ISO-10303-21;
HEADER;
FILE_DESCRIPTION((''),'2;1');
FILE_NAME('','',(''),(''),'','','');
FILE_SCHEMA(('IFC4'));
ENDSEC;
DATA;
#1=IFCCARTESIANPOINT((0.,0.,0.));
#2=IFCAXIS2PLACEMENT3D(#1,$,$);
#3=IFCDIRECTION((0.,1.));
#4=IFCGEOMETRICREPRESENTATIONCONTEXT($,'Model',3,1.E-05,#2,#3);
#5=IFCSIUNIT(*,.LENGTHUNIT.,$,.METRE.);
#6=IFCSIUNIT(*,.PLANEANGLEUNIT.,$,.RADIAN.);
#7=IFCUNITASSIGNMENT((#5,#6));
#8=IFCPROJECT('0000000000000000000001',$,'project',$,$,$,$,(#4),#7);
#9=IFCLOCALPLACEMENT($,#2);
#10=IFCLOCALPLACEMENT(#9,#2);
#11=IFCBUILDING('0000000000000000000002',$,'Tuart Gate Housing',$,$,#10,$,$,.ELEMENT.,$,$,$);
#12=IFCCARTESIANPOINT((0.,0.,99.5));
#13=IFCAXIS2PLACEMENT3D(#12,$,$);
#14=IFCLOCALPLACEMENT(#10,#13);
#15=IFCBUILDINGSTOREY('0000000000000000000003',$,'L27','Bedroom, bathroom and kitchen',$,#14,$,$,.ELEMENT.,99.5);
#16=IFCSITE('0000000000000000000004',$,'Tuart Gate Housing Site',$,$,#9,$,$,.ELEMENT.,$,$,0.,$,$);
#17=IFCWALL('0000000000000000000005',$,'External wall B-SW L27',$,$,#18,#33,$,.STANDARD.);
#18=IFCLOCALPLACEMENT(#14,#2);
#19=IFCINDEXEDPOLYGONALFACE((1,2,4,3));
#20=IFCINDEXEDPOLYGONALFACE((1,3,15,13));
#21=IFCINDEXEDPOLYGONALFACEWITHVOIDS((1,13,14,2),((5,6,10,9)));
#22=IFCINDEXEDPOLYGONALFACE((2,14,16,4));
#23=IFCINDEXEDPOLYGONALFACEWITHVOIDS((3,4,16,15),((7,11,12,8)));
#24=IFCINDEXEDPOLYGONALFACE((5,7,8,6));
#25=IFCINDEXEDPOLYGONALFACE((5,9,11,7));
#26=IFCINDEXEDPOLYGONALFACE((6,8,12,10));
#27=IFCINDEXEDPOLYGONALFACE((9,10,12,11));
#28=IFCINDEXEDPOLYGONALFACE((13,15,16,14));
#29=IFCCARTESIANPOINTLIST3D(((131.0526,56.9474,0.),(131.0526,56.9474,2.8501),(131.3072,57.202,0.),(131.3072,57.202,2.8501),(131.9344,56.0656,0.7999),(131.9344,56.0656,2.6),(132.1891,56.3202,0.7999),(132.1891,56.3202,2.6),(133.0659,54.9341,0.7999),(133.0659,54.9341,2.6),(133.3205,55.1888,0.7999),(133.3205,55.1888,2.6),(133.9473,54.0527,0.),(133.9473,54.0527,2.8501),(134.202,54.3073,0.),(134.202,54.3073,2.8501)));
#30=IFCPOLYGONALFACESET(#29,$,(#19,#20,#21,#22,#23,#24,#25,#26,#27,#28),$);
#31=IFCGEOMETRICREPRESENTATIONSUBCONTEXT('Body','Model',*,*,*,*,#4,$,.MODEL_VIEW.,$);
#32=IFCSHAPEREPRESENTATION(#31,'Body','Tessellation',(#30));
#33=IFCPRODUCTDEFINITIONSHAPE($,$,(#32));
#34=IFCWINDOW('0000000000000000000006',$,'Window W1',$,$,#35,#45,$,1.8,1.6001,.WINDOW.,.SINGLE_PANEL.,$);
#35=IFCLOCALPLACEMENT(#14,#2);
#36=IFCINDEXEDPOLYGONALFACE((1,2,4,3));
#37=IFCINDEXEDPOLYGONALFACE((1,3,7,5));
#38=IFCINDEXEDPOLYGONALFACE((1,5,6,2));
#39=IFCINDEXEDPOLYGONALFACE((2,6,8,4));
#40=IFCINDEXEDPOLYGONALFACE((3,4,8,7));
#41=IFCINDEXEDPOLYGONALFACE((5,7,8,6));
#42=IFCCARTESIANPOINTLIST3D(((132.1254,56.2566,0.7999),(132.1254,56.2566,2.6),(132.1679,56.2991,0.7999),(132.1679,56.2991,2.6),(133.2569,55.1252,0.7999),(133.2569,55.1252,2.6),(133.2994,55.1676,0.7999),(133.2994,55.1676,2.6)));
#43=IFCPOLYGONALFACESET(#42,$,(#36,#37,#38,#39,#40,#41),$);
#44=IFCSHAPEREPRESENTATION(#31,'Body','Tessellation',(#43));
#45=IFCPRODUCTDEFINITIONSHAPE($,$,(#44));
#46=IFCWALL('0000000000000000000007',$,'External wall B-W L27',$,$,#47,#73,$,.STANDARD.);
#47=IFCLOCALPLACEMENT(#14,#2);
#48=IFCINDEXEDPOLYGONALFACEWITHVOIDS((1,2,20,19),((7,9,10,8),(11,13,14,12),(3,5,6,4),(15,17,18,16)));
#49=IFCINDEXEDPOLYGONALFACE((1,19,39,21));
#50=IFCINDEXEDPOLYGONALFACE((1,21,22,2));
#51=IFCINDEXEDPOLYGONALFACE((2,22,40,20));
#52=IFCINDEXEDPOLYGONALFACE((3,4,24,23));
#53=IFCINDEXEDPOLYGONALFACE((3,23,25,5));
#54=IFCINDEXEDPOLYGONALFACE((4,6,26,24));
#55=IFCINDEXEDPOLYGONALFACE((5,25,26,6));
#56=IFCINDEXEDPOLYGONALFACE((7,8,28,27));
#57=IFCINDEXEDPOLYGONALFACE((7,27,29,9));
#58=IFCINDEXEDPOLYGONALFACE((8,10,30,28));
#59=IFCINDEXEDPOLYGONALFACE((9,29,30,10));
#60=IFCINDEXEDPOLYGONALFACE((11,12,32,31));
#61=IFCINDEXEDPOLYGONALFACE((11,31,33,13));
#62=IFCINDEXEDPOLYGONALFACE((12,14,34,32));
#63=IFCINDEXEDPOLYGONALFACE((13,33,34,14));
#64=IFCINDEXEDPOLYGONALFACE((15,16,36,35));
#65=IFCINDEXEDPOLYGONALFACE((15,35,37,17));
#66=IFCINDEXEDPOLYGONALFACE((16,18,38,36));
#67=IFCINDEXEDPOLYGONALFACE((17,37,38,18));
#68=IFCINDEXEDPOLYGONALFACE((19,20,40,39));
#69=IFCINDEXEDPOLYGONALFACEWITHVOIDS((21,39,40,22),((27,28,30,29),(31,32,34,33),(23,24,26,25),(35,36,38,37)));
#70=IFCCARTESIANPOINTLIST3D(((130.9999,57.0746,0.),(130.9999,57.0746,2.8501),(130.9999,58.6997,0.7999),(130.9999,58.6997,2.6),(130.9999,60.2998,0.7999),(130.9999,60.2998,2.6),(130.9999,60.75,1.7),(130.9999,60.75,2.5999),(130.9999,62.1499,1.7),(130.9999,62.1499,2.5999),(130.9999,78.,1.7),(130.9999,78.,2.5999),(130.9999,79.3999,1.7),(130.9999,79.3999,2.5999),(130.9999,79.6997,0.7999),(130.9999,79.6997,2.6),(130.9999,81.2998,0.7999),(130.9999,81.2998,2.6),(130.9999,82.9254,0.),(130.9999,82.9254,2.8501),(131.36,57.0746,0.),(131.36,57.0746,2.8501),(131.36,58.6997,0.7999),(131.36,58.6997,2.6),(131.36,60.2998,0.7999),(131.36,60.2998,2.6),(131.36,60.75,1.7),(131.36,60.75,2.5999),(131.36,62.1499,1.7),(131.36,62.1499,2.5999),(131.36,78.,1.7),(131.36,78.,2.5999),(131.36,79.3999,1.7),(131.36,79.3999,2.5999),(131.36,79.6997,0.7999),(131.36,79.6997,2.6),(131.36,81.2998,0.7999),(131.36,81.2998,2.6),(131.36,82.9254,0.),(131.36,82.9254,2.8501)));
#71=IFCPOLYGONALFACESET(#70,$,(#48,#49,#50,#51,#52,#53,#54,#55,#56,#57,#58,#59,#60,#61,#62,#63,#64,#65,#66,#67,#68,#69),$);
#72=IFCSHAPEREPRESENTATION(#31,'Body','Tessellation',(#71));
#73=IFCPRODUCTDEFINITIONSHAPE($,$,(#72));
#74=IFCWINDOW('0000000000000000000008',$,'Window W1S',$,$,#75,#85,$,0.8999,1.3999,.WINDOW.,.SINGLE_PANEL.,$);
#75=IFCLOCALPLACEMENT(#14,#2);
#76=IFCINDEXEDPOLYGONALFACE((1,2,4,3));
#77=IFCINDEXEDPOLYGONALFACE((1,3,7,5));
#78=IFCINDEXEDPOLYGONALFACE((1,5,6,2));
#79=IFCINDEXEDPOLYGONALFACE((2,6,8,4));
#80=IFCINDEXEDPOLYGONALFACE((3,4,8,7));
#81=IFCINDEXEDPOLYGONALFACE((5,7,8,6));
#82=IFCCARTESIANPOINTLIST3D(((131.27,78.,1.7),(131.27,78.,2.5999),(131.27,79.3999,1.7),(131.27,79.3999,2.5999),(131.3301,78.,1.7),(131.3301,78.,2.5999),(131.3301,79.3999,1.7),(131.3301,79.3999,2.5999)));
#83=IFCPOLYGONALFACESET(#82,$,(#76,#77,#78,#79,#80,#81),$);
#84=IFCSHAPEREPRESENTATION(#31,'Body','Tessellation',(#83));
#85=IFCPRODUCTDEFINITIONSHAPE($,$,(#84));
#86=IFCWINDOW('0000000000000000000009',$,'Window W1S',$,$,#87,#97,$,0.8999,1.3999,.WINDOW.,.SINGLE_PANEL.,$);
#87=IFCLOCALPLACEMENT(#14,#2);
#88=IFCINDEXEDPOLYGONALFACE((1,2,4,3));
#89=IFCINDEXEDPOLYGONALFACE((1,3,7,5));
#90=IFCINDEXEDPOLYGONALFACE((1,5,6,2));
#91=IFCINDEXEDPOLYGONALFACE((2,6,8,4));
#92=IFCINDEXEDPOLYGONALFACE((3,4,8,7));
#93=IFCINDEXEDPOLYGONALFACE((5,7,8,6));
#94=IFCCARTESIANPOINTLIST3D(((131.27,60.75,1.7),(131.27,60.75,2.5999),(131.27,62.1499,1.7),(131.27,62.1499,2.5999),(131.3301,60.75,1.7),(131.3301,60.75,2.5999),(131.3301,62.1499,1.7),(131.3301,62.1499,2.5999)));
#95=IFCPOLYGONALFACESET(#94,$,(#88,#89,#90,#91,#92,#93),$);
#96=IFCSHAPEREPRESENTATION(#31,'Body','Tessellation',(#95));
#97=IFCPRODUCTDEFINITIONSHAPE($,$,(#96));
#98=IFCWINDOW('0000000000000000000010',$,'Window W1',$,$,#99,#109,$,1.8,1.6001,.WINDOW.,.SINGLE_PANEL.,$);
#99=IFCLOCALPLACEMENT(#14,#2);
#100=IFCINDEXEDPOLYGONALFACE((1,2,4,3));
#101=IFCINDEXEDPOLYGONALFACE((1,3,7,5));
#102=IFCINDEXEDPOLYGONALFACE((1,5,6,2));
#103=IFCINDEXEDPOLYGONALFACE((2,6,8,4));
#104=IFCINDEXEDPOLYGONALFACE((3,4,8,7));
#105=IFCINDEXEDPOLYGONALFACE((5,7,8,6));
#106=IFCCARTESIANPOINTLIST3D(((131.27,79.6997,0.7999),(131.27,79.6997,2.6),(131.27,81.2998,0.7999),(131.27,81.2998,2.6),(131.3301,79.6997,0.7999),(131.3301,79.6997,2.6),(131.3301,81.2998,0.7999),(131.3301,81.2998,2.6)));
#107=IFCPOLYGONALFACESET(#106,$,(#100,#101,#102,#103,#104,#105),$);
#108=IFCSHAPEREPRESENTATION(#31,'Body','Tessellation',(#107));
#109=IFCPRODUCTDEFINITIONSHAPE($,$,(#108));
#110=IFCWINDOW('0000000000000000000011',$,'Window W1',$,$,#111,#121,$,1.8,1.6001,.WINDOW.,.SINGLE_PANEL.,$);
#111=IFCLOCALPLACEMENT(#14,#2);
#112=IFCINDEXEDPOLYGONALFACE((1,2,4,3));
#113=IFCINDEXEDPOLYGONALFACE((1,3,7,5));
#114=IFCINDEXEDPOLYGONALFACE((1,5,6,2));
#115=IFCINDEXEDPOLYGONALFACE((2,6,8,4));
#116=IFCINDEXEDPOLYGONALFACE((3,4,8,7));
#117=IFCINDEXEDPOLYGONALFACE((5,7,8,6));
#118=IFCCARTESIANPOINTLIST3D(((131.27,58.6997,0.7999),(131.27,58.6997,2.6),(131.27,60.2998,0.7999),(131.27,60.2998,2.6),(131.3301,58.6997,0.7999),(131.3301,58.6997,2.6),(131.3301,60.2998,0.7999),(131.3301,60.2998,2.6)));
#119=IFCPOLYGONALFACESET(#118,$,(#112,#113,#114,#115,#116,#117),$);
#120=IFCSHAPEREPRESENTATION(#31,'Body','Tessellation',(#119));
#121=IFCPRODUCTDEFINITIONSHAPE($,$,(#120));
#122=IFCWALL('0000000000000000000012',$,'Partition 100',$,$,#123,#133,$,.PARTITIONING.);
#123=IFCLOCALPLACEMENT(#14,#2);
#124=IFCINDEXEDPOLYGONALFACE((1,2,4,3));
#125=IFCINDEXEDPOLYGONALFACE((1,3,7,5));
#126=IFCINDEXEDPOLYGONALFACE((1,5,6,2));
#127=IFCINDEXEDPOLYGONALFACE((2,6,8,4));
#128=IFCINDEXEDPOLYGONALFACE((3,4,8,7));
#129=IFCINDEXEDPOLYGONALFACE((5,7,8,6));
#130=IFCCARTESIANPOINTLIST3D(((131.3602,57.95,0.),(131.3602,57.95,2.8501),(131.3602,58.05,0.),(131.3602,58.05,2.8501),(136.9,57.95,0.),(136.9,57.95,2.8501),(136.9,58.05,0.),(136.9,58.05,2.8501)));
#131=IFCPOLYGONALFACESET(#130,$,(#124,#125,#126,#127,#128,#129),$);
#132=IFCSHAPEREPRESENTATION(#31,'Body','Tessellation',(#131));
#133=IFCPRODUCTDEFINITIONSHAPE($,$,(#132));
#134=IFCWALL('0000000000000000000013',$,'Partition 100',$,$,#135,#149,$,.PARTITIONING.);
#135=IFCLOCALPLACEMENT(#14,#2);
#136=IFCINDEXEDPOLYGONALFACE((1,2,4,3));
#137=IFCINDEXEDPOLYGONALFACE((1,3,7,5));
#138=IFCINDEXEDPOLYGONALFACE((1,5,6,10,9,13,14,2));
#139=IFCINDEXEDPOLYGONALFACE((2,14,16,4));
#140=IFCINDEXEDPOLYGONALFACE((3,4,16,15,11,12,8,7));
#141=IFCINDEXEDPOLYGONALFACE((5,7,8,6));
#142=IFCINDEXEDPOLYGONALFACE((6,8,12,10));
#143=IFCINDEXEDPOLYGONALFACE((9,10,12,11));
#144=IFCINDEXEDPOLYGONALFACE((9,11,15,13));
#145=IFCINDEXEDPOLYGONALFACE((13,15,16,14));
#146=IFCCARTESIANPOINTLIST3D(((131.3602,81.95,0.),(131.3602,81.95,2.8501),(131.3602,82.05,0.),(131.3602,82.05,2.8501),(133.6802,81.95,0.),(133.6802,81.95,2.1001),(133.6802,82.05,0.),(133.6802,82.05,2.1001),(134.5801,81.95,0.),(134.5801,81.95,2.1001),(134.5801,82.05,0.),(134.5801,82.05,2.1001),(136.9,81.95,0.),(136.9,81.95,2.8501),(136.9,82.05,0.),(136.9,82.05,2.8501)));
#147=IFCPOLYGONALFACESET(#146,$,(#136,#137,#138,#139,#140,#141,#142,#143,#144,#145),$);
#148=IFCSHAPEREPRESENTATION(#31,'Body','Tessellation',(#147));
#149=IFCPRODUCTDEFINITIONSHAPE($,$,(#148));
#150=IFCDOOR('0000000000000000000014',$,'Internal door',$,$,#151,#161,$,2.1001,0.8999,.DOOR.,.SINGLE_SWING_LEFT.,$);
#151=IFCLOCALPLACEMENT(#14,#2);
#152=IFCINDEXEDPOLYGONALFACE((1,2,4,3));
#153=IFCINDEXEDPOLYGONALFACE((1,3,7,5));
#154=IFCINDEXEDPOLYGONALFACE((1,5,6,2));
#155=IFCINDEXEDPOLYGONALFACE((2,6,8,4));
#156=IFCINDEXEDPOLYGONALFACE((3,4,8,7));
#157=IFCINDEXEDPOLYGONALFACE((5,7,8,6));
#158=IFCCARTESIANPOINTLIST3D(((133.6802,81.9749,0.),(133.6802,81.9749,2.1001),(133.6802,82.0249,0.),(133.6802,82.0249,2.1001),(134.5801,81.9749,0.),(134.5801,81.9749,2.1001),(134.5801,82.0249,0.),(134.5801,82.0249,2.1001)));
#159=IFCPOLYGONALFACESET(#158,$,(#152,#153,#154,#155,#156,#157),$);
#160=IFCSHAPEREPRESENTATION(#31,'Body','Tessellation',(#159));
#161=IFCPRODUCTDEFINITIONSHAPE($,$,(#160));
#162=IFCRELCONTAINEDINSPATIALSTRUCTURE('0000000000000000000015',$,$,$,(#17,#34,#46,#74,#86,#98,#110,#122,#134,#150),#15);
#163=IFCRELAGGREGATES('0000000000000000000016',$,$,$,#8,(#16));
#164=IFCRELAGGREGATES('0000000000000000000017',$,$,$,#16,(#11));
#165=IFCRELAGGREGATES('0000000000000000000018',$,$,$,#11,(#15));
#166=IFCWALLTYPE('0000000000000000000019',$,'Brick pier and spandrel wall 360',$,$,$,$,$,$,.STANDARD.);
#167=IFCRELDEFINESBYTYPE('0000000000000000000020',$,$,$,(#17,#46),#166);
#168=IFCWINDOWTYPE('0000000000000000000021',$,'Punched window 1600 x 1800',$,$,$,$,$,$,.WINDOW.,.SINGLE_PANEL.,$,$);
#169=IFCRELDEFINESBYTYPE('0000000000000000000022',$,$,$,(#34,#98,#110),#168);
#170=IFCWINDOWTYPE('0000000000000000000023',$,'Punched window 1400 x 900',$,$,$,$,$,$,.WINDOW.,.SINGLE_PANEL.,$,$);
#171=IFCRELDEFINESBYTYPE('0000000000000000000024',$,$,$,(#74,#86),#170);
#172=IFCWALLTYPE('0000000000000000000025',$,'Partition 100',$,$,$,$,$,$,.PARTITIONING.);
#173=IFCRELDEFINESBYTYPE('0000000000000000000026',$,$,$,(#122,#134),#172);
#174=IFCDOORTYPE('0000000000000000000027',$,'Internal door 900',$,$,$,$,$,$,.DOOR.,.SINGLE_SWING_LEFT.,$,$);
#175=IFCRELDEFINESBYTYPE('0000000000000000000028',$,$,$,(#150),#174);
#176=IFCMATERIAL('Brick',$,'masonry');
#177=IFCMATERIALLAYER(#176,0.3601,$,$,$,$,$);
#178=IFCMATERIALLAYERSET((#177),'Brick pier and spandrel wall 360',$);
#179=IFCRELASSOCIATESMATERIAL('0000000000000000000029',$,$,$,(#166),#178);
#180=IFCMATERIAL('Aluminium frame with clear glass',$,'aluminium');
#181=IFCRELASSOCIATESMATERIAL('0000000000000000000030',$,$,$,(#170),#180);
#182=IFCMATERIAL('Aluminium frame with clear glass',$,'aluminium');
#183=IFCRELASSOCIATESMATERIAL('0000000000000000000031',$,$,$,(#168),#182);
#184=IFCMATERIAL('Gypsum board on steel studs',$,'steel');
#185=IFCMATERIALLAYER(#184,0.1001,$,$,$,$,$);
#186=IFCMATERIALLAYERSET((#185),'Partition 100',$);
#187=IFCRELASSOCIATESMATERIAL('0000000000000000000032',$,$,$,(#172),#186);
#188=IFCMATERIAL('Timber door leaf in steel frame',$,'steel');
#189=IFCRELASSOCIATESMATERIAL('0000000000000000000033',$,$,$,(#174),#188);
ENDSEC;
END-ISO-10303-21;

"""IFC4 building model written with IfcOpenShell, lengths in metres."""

from ifc_helpers import new_model, si_unit, direction, frame, frame_2d, origin, place, context, subcontext, project, spatial, rectangle, extrude, material, layer, layer_set, type_object, element, fill, save


model = new_model("IFC4")

# Units and contexts
model_context = context("Model", 3, precision=1e-05, world=origin(), true_north=direction((0.0, 1.0)))
body_context = subcontext(model_context, "Body", "Model", "MODEL_VIEW")
ifc_project = project(units=[si_unit("LENGTHUNIT", "METRE"), si_unit("PLANEANGLEUNIT", "RADIAN")], contexts=[model_context])

# Site, building, storey
site_placement = place(None, origin())
site = spatial("IfcSite", under=ifc_project, at=site_placement, Name="Tuart Gate Housing Site", CompositionType="ELEMENT", RefElevation=0.0)
building_placement = place(site_placement, origin())
building = spatial("IfcBuilding", under=site, at=building_placement, Name="Tuart Gate Housing", CompositionType="ELEMENT")
storey_placement = place(building_placement, frame((0.0, 0.0, 99.5)))
storey = spatial("IfcBuildingStorey", under=building, at=storey_placement, Name="L27", Description="Bedroom, bathroom and kitchen", CompositionType="ELEMENT", Elevation=99.5)

# Shared definitions
ifc_material_1 = material(Name="Brick", Category="masonry")
ifc_layer_1 = layer(ifc_material_1, 0.3601)
ifc_layer_set_1 = layer_set([ifc_layer_1], Name="Brick pier and spandrel wall 360")
wall_type_1 = type_object("IfcWallType", Name="Brick pier and spandrel wall 360", PredefinedType="STANDARD", material=ifc_layer_set_1)
ifc_material_2 = material(Name="Aluminium frame with clear glass", Category="aluminium")
window_type_1 = type_object("IfcWindowType", Name="Punched window 1400 x 900", PartitioningType="SINGLE_PANEL", PredefinedType="WINDOW", material=ifc_material_2)
ifc_material_3 = material(Name="Aluminium frame with clear glass", Category="aluminium")
window_type_2 = type_object("IfcWindowType", Name="Punched window 1600 x 1800", PartitioningType="SINGLE_PANEL", PredefinedType="WINDOW", material=ifc_material_3)

# Wall, opening, window
wall_1_placement = place(storey_placement, frame((131.1799, 57.0747, 0.0), z_axis=(0.0, 0.0, 1.0), x_axis=(0.707107, -0.707107, 0.0)))
wall_1 = element("IfcWall", 1, at=wall_1_placement, inside=storey, type_object=wall_type_1, Name="External wall B-SW L27", PredefinedType="STANDARD", context=body_context, shape_type="SweptSolid", body=[
    extrude(rectangle(XDim=4.0938, YDim=0.3601, at=frame_2d((2.0469, 0.0))), origin(), (0.0, 0.0, 1.0), 2.8501),
])
opening_1_placement = place(wall_1_placement, frame((1.2471, 0.0, 0.8)))
opening_1 = element("IfcOpeningElement", 2, at=opening_1_placement, cuts=wall_1, PredefinedType="OPENING", context=body_context, shape_type="SweptSolid", body=[
    extrude(rectangle(XDim=1.6001, YDim=1.8, at=frame_2d((0.8, 0.8999))), frame((0.0, 0.1899, 0.0), z_axis=(0.0, -1.0, 0.0), x_axis=(1.0, 0.0, 0.0)), (0.0, 0.0, 1.0), 0.3801),
])
window_1_placement = place(opening_1_placement, origin())
window_1 = element("IfcWindow", 3, at=window_1_placement, inside=storey, type_object=window_type_2, Name="Window W1", OverallHeight=1.8, OverallWidth=1.6001, PartitioningType="SINGLE_PANEL", PredefinedType="WINDOW", context=body_context, shape_type="SweptSolid", body=[
    extrude(rectangle(XDim=1.6001, YDim=1.8, at=frame_2d((0.8, 0.8999))), frame((0.0, 0.1501, 0.0), z_axis=(0.0, -1.0, 0.0), x_axis=(1.0, 0.0, 0.0)), (0.0, 0.0, 1.0), 0.0601),
])
fill(opening_1, window_1)

# Wall, openings, windows
wall_2_placement = place(storey_placement, frame((131.1799, 82.9253, 0.0), z_axis=(0.0, 0.0, 1.0), x_axis=(0.0, -1.0, 0.0)))
wall_2 = element("IfcWall", 4, at=wall_2_placement, inside=storey, type_object=wall_type_1, Name="External wall B-W L27", PredefinedType="STANDARD", context=body_context, shape_type="SweptSolid", body=[
    extrude(rectangle(XDim=25.8508, YDim=0.3601, at=frame_2d((12.9253, 0.0))), origin(), (0.0, 0.0, 1.0), 2.8501),
])
opening_2_placement = place(wall_2_placement, frame((1.6255, 0.0, 0.8)))
opening_2 = element("IfcOpeningElement", 5, at=opening_2_placement, cuts=wall_2, PredefinedType="OPENING", context=body_context, shape_type="SweptSolid", body=[
    extrude(rectangle(XDim=1.6001, YDim=1.8, at=frame_2d((0.8, 0.8999))), frame((0.0, 0.1899, 0.0), z_axis=(0.0, -1.0, 0.0), x_axis=(1.0, 0.0, 0.0)), (0.0, 0.0, 1.0), 0.3801),
])
opening_3_placement = place(wall_2_placement, frame((3.5254, 0.0, 1.7)))
opening_3 = element("IfcOpeningElement", 6, at=opening_3_placement, cuts=wall_2, PredefinedType="OPENING", context=body_context, shape_type="SweptSolid", body=[
    extrude(rectangle(XDim=1.3999, YDim=0.8999, at=frame_2d((0.7, 0.45))), frame((0.0, 0.1899, 0.0), z_axis=(0.0, -1.0, 0.0), x_axis=(1.0, 0.0, 0.0)), (0.0, 0.0, 1.0), 0.3801),
])
opening_4_placement = place(wall_2_placement, frame((20.7754, 0.0, 1.7)))
opening_4 = element("IfcOpeningElement", 7, at=opening_4_placement, cuts=wall_2, PredefinedType="OPENING", context=body_context, shape_type="SweptSolid", body=[
    extrude(rectangle(XDim=1.3999, YDim=0.8999, at=frame_2d((0.7, 0.45))), frame((0.0, 0.1899, 0.0), z_axis=(0.0, -1.0, 0.0), x_axis=(1.0, 0.0, 0.0)), (0.0, 0.0, 1.0), 0.3801),
])
opening_5_placement = place(wall_2_placement, frame((22.6255, 0.0, 0.8)))
opening_5 = element("IfcOpeningElement", 8, at=opening_5_placement, cuts=wall_2, PredefinedType="OPENING", context=body_context, shape_type="SweptSolid", body=[
    extrude(rectangle(XDim=1.6001, YDim=1.8, at=frame_2d((0.8, 0.8999))), frame((0.0, 0.1899, 0.0), z_axis=(0.0, -1.0, 0.0), x_axis=(1.0, 0.0, 0.0)), (0.0, 0.0, 1.0), 0.3801),
])
window_2_placement = place(opening_3_placement, origin())
window_2 = element("IfcWindow", 9, at=window_2_placement, inside=storey, type_object=window_type_1, Name="Window W1S", OverallHeight=0.8999, OverallWidth=1.3999, PartitioningType="SINGLE_PANEL", PredefinedType="WINDOW", context=body_context, shape_type="SweptSolid", body=[
    extrude(rectangle(XDim=1.3999, YDim=0.8999, at=frame_2d((0.7, 0.45))), frame((0.0, 0.1501, 0.0), z_axis=(0.0, -1.0, 0.0), x_axis=(1.0, 0.0, 0.0)), (0.0, 0.0, 1.0), 0.0601),
])
fill(opening_3, window_2)
window_3_placement = place(opening_4_placement, origin())
window_3 = element("IfcWindow", 10, at=window_3_placement, inside=storey, type_object=window_type_1, Name="Window W1S", OverallHeight=0.8999, OverallWidth=1.3999, PartitioningType="SINGLE_PANEL", PredefinedType="WINDOW", context=body_context, shape_type="SweptSolid", body=[
    extrude(rectangle(XDim=1.3999, YDim=0.8999, at=frame_2d((0.7, 0.45))), frame((0.0, 0.1501, 0.0), z_axis=(0.0, -1.0, 0.0), x_axis=(1.0, 0.0, 0.0)), (0.0, 0.0, 1.0), 0.0601),
])
fill(opening_4, window_3)
window_4_placement = place(opening_2_placement, origin())
window_4 = element("IfcWindow", 11, at=window_4_placement, inside=storey, type_object=window_type_2, Name="Window W1", OverallHeight=1.8, OverallWidth=1.6001, PartitioningType="SINGLE_PANEL", PredefinedType="WINDOW", context=body_context, shape_type="SweptSolid", body=[
    extrude(rectangle(XDim=1.6001, YDim=1.8, at=frame_2d((0.8, 0.8999))), frame((0.0, 0.1501, 0.0), z_axis=(0.0, -1.0, 0.0), x_axis=(1.0, 0.0, 0.0)), (0.0, 0.0, 1.0), 0.0601),
])
fill(opening_2, window_4)
window_5_placement = place(opening_5_placement, origin())
window_5 = element("IfcWindow", 12, at=window_5_placement, inside=storey, type_object=window_type_2, Name="Window W1", OverallHeight=1.8, OverallWidth=1.6001, PartitioningType="SINGLE_PANEL", PredefinedType="WINDOW", context=body_context, shape_type="SweptSolid", body=[
    extrude(rectangle(XDim=1.6001, YDim=1.8, at=frame_2d((0.8, 0.8999))), frame((0.0, 0.1501, 0.0), z_axis=(0.0, -1.0, 0.0), x_axis=(1.0, 0.0, 0.0)), (0.0, 0.0, 1.0), 0.0601),
])
fill(opening_5, window_5)

# Wall
ifc_material_4 = material(Name="Gypsum board on steel studs", Category="steel")
ifc_layer_2 = layer(ifc_material_4, 0.1001)
ifc_layer_set_2 = layer_set([ifc_layer_2], Name="Partition 100")
wall_type_2 = type_object("IfcWallType", Name="Partition 100", PredefinedType="PARTITIONING", material=ifc_layer_set_2)
wall_3_placement = place(storey_placement, frame((131.3601, 58.0, 0.0), z_axis=(0.0, 0.0, 1.0), x_axis=(1.0, 0.0, 0.0)))
element("IfcWall", 13, at=wall_3_placement, inside=storey, type_object=wall_type_2, Name="Partition 100", PredefinedType="PARTITIONING", context=body_context, shape_type="SweptSolid", body=[
    extrude(rectangle(XDim=5.5398, YDim=0.1001, at=frame_2d((2.77, 0.0))), origin(), (0.0, 0.0, 1.0), 2.8501),
])

# Wall, opening, door
wall_4_placement = place(storey_placement, frame((131.3601, 82.0, 0.0), z_axis=(0.0, 0.0, 1.0), x_axis=(1.0, 0.0, 0.0)))
wall_4 = element("IfcWall", 14, at=wall_4_placement, inside=storey, type_object=wall_type_2, Name="Partition 100", PredefinedType="PARTITIONING", context=body_context, shape_type="SweptSolid", body=[
    extrude(rectangle(XDim=5.5398, YDim=0.1001, at=frame_2d((2.77, 0.0))), origin(), (0.0, 0.0, 1.0), 2.8501),
])
opening_6_placement = place(wall_4_placement, frame((2.3201, 0.0, 0.0)))
opening_6 = element("IfcOpeningElement", 15, at=opening_6_placement, cuts=wall_4, PredefinedType="OPENING", context=body_context, shape_type="SweptSolid", body=[
    extrude(rectangle(XDim=0.8999, YDim=2.1001, at=frame_2d((0.45, 1.05))), frame((0.0, 0.0601, 0.0), z_axis=(0.0, -1.0, 0.0), x_axis=(1.0, 0.0, 0.0)), (0.0, 0.0, 1.0), 0.1201),
])
ifc_material_5 = material(Name="Timber door leaf in steel frame", Category="steel")
door_type = type_object("IfcDoorType", Name="Internal door 900", OperationType="SINGLE_SWING_LEFT", PredefinedType="DOOR", material=ifc_material_5)
door_placement = place(opening_6_placement, origin())
door = element("IfcDoor", 16, at=door_placement, inside=storey, type_object=door_type, Name="Internal door", OperationType="SINGLE_SWING_LEFT", OverallHeight=2.1001, OverallWidth=0.8999, PredefinedType="DOOR", context=body_context, shape_type="SweptSolid", body=[
    extrude(rectangle(XDim=0.8999, YDim=2.1001, at=frame_2d((0.45, 1.05))), frame((0.0, 0.0249, 0.0), z_axis=(0.0, -1.0, 0.0), x_axis=(1.0, 0.0, 0.0)), (0.0, 0.0, 1.0), 0.05),
])
fill(opening_6, door)

save(model, "model.ifc")
